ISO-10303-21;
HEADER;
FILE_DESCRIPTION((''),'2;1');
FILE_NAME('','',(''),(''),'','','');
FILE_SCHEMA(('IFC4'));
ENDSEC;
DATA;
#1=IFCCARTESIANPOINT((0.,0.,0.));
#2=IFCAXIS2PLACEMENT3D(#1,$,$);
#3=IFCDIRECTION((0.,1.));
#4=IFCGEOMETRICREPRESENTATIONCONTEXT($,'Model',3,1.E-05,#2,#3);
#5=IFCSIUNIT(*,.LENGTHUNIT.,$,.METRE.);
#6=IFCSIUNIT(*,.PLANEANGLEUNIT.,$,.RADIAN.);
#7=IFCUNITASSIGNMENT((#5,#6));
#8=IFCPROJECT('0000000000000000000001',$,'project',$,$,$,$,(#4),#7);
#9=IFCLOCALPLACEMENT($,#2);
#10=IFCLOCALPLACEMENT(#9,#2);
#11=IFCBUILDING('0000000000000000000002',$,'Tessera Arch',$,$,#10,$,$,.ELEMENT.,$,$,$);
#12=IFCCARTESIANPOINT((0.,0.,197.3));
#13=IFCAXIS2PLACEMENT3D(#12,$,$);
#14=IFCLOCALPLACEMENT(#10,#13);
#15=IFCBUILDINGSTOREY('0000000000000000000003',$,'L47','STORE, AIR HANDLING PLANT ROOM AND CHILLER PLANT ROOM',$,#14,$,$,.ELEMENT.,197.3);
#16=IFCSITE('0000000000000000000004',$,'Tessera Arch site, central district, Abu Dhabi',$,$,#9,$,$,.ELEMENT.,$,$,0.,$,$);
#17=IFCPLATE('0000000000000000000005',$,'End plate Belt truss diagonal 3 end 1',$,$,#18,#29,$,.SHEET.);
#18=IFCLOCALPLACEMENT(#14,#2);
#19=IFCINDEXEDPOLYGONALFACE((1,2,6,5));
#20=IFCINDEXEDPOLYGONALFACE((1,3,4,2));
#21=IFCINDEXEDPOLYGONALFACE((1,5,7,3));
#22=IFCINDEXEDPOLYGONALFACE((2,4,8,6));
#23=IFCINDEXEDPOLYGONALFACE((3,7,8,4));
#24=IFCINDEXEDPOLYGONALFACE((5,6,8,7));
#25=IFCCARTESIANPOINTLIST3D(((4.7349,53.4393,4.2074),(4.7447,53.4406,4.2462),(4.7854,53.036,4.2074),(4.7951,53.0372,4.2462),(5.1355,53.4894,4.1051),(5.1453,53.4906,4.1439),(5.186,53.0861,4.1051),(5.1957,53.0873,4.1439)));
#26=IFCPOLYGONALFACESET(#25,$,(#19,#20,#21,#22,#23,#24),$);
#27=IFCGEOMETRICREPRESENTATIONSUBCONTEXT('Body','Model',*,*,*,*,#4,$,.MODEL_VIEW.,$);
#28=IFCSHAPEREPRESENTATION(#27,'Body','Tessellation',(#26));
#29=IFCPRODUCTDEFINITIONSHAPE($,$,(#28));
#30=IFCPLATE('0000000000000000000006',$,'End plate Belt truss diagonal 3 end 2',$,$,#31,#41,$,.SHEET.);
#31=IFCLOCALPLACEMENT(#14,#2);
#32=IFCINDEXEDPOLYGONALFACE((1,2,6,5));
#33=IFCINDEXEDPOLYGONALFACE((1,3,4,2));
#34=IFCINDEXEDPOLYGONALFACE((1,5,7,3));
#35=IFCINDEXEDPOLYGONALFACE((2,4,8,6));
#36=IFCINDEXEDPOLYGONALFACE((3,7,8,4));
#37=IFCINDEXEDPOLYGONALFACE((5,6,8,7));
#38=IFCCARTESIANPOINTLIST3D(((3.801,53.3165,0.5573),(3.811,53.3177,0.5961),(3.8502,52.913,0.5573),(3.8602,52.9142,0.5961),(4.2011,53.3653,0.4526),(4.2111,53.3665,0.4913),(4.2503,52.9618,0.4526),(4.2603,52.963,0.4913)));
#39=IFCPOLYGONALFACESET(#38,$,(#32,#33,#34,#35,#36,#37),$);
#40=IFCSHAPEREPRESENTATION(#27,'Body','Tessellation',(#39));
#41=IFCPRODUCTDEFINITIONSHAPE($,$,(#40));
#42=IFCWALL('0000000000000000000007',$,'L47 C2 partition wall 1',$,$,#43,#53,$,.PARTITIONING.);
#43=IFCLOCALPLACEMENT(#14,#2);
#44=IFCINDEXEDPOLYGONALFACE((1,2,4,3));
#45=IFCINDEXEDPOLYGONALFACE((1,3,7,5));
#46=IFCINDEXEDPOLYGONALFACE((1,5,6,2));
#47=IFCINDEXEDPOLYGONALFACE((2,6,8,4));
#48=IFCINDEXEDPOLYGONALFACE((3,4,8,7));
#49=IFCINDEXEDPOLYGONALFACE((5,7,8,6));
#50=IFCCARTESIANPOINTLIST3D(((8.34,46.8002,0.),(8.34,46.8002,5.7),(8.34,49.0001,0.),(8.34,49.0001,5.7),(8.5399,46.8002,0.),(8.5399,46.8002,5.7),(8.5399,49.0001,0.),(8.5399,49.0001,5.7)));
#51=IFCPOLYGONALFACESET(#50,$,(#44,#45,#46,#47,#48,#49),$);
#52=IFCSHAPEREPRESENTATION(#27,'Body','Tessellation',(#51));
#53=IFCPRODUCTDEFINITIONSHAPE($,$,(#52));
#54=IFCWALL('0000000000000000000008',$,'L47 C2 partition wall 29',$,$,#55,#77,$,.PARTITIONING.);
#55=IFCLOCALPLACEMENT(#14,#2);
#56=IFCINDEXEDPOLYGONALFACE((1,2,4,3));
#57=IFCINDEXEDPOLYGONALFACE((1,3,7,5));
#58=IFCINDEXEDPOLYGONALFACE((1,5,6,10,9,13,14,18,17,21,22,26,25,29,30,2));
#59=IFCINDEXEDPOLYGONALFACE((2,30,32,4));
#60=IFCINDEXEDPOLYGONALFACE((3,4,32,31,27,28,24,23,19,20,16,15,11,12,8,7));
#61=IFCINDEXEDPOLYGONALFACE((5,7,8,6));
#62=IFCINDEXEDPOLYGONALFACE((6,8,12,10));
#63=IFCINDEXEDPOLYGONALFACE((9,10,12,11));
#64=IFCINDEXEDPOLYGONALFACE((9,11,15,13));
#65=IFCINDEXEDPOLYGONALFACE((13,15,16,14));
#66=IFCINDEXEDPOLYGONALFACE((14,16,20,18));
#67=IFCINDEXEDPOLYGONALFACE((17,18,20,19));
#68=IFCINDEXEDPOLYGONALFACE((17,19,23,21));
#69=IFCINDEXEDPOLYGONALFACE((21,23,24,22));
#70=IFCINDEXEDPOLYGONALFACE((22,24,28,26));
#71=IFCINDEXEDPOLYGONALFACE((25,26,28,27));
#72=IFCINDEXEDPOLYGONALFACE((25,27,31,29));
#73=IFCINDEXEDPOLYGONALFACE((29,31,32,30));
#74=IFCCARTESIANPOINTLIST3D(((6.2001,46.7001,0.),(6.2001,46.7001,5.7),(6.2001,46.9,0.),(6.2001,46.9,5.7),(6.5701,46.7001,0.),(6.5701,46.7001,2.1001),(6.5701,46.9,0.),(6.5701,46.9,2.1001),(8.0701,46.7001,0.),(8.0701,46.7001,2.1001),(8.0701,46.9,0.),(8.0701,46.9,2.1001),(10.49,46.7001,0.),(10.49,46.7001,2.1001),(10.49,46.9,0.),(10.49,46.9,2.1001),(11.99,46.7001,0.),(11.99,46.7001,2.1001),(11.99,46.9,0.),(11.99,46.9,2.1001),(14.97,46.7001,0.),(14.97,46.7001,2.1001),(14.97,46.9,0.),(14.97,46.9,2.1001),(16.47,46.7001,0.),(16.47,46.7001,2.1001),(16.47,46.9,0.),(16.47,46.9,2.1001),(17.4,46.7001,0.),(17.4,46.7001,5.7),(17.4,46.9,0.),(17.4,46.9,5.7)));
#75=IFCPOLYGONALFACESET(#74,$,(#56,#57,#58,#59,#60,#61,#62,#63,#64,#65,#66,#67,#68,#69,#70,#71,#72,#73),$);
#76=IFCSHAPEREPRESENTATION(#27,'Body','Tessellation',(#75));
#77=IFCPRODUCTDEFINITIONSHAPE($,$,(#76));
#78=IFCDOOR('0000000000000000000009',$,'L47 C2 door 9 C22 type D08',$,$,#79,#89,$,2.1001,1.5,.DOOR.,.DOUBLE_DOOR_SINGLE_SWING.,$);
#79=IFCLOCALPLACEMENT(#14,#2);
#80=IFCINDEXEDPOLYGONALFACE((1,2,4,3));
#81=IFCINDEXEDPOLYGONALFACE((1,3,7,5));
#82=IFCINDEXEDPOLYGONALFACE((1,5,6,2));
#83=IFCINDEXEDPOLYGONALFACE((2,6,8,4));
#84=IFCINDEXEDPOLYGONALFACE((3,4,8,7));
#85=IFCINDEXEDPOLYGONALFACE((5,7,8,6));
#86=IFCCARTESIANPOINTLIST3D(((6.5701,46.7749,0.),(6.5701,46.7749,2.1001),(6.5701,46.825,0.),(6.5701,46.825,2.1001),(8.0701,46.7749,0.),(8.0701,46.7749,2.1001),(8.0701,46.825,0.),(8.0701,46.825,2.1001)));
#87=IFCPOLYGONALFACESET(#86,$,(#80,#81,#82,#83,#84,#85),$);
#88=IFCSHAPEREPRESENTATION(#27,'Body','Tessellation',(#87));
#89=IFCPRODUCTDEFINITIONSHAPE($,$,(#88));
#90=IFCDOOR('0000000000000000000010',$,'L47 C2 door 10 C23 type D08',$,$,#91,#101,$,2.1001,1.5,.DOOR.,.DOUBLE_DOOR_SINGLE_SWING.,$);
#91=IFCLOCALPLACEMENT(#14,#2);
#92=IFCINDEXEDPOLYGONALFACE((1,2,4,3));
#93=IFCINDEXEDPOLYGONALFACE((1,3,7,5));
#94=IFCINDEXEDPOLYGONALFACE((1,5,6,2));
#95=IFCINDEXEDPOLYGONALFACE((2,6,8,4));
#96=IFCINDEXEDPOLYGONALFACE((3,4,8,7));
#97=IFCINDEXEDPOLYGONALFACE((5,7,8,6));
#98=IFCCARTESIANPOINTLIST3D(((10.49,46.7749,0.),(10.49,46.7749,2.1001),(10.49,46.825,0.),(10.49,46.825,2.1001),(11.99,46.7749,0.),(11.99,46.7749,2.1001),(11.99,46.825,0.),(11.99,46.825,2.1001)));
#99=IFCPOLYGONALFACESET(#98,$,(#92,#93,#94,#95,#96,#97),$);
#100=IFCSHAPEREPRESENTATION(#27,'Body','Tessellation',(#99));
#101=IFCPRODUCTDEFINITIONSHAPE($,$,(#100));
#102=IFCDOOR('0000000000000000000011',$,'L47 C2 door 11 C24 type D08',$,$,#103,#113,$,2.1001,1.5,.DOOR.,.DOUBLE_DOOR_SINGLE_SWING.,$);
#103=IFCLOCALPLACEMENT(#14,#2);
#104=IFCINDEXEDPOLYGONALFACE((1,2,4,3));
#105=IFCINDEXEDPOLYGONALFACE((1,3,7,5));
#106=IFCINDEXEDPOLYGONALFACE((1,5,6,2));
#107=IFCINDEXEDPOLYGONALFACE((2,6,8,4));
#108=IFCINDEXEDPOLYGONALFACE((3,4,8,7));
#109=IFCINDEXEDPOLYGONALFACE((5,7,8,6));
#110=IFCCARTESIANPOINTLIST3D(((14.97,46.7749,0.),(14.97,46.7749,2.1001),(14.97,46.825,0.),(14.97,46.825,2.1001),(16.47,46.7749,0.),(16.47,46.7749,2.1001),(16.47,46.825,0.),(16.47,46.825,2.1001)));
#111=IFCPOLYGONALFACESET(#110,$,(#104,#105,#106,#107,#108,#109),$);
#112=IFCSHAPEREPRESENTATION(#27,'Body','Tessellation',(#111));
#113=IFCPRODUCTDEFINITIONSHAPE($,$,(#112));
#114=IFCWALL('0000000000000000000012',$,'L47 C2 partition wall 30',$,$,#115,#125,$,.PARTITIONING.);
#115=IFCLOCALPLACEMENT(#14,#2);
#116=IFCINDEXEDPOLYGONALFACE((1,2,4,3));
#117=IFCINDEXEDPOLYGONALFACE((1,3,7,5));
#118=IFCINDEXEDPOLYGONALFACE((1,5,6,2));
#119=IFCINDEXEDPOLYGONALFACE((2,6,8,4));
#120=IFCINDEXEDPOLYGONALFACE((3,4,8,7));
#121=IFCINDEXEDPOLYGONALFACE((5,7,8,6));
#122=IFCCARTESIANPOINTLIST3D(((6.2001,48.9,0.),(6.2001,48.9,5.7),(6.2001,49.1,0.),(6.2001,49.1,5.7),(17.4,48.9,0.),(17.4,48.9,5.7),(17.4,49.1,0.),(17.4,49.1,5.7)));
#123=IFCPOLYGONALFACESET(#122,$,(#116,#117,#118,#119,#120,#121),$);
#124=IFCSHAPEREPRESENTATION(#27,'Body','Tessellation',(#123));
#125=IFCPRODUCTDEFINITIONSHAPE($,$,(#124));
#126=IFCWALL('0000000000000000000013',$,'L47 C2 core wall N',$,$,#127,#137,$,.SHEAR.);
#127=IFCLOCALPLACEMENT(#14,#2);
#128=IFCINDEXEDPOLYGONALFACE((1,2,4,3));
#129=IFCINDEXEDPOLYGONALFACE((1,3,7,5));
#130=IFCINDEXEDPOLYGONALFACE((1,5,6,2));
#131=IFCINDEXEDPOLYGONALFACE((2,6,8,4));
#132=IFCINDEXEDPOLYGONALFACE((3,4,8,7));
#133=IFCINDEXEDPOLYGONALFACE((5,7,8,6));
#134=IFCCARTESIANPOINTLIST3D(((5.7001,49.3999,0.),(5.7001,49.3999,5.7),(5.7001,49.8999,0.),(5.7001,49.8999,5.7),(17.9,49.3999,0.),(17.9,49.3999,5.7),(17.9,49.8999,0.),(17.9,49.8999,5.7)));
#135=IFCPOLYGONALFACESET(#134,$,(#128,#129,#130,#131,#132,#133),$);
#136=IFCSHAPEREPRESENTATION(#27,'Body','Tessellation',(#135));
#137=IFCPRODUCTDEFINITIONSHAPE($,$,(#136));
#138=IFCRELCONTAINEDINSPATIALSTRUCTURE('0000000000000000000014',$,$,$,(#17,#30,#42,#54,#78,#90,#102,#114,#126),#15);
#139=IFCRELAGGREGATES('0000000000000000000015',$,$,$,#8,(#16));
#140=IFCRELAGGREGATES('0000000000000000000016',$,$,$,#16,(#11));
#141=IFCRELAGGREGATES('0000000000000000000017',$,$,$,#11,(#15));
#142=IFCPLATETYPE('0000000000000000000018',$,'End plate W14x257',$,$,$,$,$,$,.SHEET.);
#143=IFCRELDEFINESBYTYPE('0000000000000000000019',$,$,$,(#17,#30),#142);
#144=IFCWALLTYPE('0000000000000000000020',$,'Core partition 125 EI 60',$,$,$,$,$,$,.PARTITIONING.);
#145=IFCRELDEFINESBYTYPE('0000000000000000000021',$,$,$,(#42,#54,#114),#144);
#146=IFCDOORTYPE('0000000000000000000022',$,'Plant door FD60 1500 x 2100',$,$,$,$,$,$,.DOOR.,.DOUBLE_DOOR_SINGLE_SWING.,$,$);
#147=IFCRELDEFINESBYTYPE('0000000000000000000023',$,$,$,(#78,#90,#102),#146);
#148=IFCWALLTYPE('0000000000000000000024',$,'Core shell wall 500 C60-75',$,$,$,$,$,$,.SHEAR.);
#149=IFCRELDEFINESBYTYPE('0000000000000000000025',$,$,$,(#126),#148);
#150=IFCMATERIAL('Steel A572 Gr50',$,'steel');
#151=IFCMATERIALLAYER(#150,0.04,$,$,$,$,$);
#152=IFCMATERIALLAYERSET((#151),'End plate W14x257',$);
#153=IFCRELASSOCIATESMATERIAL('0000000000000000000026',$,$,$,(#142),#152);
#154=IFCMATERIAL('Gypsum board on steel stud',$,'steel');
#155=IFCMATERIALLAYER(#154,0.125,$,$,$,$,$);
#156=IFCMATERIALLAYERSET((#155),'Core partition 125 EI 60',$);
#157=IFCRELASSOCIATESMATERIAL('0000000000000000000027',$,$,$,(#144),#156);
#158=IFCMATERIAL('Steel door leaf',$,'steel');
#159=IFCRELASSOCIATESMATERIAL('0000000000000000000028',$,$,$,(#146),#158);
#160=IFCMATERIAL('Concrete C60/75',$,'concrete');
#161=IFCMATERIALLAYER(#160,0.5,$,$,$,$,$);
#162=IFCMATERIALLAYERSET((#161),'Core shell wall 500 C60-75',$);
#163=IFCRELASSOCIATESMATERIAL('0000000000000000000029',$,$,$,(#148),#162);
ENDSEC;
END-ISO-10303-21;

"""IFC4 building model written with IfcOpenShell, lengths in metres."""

from ifc_helpers import new_model, si_unit, direction, frame, frame_2d, origin, origin_2d, place, context, subcontext, project, spatial, rectangle, extrude, material, layer, layer_set, type_object, element, fill, save


model = new_model("IFC4")

# Units and contexts
model_context = context("Model", 3, precision=1e-05, world=origin(), true_north=direction((0.0, 1.0)))
body_context = subcontext(model_context, "Body", "Model", "MODEL_VIEW")
ifc_project = project(units=[si_unit("LENGTHUNIT", "METRE"), si_unit("PLANEANGLEUNIT", "RADIAN")], contexts=[model_context])

# Site, building, storey
site_placement = place(None, origin())
site = spatial("IfcSite", under=ifc_project, at=site_placement, Name="Tessera Arch site, central district, Abu Dhabi", CompositionType="ELEMENT", RefElevation=0.0)
building_placement = place(site_placement, origin())
building = spatial("IfcBuilding", under=site, at=building_placement, Name="Tessera Arch", CompositionType="ELEMENT")
storey_placement = place(building_placement, frame((0.0, 0.0, 197.3)))
storey = spatial("IfcBuildingStorey", under=building, at=storey_placement, Name="L47", Description="STORE, AIR HANDLING PLANT ROOM AND CHILLER PLANT ROOM", CompositionType="ELEMENT", Elevation=197.3)

# Plates
ifc_material_1 = material(Name="Steel A572 Gr50", Category="steel")
ifc_layer_1 = layer(ifc_material_1, 0.04)
ifc_layer_set_1 = layer_set([ifc_layer_1], Name="End plate W14x257")
plate_type_1 = type_object("IfcPlateType", Name="End plate W14x257", PredefinedType="SHEET", material=ifc_layer_set_1)
for number, where, z_axis, x_axis, name in (
    (1, (4.9702, 53.2639, 4.1951), (-0.243857, -0.030482, -0.969332), (0.124035, -0.992278, 0.0), "End plate Belt truss diagonal 3 end 1"),
    (2, (4.0356, 53.1404, 0.5437), (-0.249578, -0.030436, -0.967876), (0.121054, -0.992646, 0.0), "End plate Belt truss diagonal 3 end 2"),
):
    element("IfcPlate", number, at=place(storey_placement, frame(where, z_axis=z_axis, x_axis=x_axis)), inside=storey, type_object=plate_type_1, Name=name, PredefinedType="SHEET", context=body_context, shape_type="SweptSolid", body=[
        extrude(rectangle(XDim=0.4065, YDim=0.4165, at=origin_2d()), origin(), (0.0, 0.0, 1.0), 0.04),
    ])

# Wall
ifc_material_2 = material(Name="Gypsum board on steel stud", Category="steel")
ifc_layer_2 = layer(ifc_material_2, 0.125)
ifc_layer_set_2 = layer_set([ifc_layer_2], Name="Core partition 125 EI 60")
wall_type_1 = type_object("IfcWallType", Name="Core partition 125 EI 60", PredefinedType="PARTITIONING", material=ifc_layer_set_2)
wall_1_placement = place(storey_placement, frame((8.4399, 46.8, 0.0), z_axis=(0.0, 0.0, 1.0), x_axis=(0.0, 1.0, 0.0)))
element("IfcWall", 3, at=wall_1_placement, inside=storey, type_object=wall_type_1, Name="L47 C2 partition wall 1", PredefinedType="PARTITIONING", context=body_context, shape_type="SweptSolid", body=[
    extrude(rectangle(XDim=2.2, YDim=0.2, at=frame_2d((1.1001, 0.0))), origin(), (0.0, 0.0, 1.0), 5.7),
])

# Wall, openings, doors
wall_2_placement = place(storey_placement, frame((6.2, 46.8, 0.0), z_axis=(0.0, 0.0, 1.0), x_axis=(1.0, 0.0, 0.0)))
wall_2 = element("IfcWall", 4, at=wall_2_placement, inside=storey, type_object=wall_type_1, Name="L47 C2 partition wall 29", PredefinedType="PARTITIONING", context=body_context, shape_type="SweptSolid", body=[
    extrude(rectangle(XDim=11.2, YDim=0.2, at=frame_2d((5.6001, 0.0))), origin(), (0.0, 0.0, 1.0), 5.7),
])
opening_1_placement = place(wall_2_placement, frame((0.3701, 0.0, 0.0)))
opening_1 = element("IfcOpeningElement", 5, at=opening_1_placement, cuts=wall_2, PredefinedType="OPENING", context=body_context, shape_type="SweptSolid", body=[
    extrude(rectangle(XDim=1.5, YDim=2.1001, at=frame_2d((0.75, 1.05))), frame((0.0, 0.1099, 0.0), z_axis=(0.0, -1.0, 0.0), x_axis=(1.0, 0.0, 0.0)), (0.0, 0.0, 1.0), 0.22),
])
opening_2_placement = place(wall_2_placement, frame((4.29, 0.0, 0.0)))
opening_2 = element("IfcOpeningElement", 6, at=opening_2_placement, cuts=wall_2, PredefinedType="OPENING", context=body_context, shape_type="SweptSolid", body=[
    extrude(rectangle(XDim=1.5, YDim=2.1001, at=frame_2d((0.75, 1.05))), frame((0.0, 0.1099, 0.0), z_axis=(0.0, -1.0, 0.0), x_axis=(1.0, 0.0, 0.0)), (0.0, 0.0, 1.0), 0.22),
])
opening_3_placement = place(wall_2_placement, frame((8.77, 0.0, 0.0)))
opening_3 = element("IfcOpeningElement", 7, at=opening_3_placement, cuts=wall_2, PredefinedType="OPENING", context=body_context, shape_type="SweptSolid", body=[
    extrude(rectangle(XDim=1.5, YDim=2.1001, at=frame_2d((0.75, 1.05))), frame((0.0, 0.1099, 0.0), z_axis=(0.0, -1.0, 0.0), x_axis=(1.0, 0.0, 0.0)), (0.0, 0.0, 1.0), 0.22),
])
ifc_material_3 = material(Name="Steel door leaf", Category="steel")
door_type = type_object("IfcDoorType", Name="Plant door FD60 1500 x 2100", OperationType="DOUBLE_DOOR_SINGLE_SWING", PredefinedType="DOOR", material=ifc_material_3)
door_1_placement = place(opening_1_placement, origin())
door_1 = element("IfcDoor", 8, at=door_1_placement, inside=storey, type_object=door_type, Name="L47 C2 door 9 C22 type D08", OperationType="DOUBLE_DOOR_SINGLE_SWING", OverallHeight=2.1001, OverallWidth=1.5, PredefinedType="DOOR", context=body_context, shape_type="SweptSolid", body=[
    extrude(rectangle(XDim=1.5, YDim=2.1001, at=frame_2d((0.75, 1.05))), frame((0.0, 0.0249, 0.0), z_axis=(0.0, -1.0, 0.0), x_axis=(1.0, 0.0, 0.0)), (0.0, 0.0, 1.0), 0.05),
])
fill(opening_1, door_1)
door_2_placement = place(opening_2_placement, origin())
door_2 = element("IfcDoor", 9, at=door_2_placement, inside=storey, type_object=door_type, Name="L47 C2 door 10 C23 type D08", OperationType="DOUBLE_DOOR_SINGLE_SWING", OverallHeight=2.1001, OverallWidth=1.5, PredefinedType="DOOR", context=body_context, shape_type="SweptSolid", body=[
    extrude(rectangle(XDim=1.5, YDim=2.1001, at=frame_2d((0.75, 1.05))), frame((0.0, 0.0249, 0.0), z_axis=(0.0, -1.0, 0.0), x_axis=(1.0, 0.0, 0.0)), (0.0, 0.0, 1.0), 0.05),
])
fill(opening_2, door_2)
door_3_placement = place(opening_3_placement, origin())
door_3 = element("IfcDoor", 10, at=door_3_placement, inside=storey, type_object=door_type, Name="L47 C2 door 11 C24 type D08", OperationType="DOUBLE_DOOR_SINGLE_SWING", OverallHeight=2.1001, OverallWidth=1.5, PredefinedType="DOOR", context=body_context, shape_type="SweptSolid", body=[
    extrude(rectangle(XDim=1.5, YDim=2.1001, at=frame_2d((0.75, 1.05))), frame((0.0, 0.0249, 0.0), z_axis=(0.0, -1.0, 0.0), x_axis=(1.0, 0.0, 0.0)), (0.0, 0.0, 1.0), 0.05),
])
fill(opening_3, door_3)

# Walls
wall_3_placement = place(storey_placement, frame((6.2, 49.0, 0.0), z_axis=(0.0, 0.0, 1.0), x_axis=(1.0, 0.0, 0.0)))
element("IfcWall", 11, at=wall_3_placement, inside=storey, type_object=wall_type_1, Name="L47 C2 partition wall 30", PredefinedType="PARTITIONING", context=body_context, shape_type="SweptSolid", body=[
    extrude(rectangle(XDim=11.2, YDim=0.2, at=frame_2d((5.6001, 0.0))), origin(), (0.0, 0.0, 1.0), 5.7),
])
ifc_material_4 = material(Name="Concrete C60/75", Category="concrete")
ifc_layer_3 = layer(ifc_material_4, 0.5)
ifc_layer_set_3 = layer_set([ifc_layer_3], Name="Core shell wall 500 C60-75")
wall_type_2 = type_object("IfcWallType", Name="Core shell wall 500 C60-75", PredefinedType="SHEAR", material=ifc_layer_set_3)
wall_4_placement = place(storey_placement, frame((5.7, 49.6499, 0.0), z_axis=(0.0, 0.0, 1.0), x_axis=(1.0, 0.0, 0.0)))
element("IfcWall", 12, at=wall_4_placement, inside=storey, type_object=wall_type_2, Name="L47 C2 core wall N", PredefinedType="SHEAR", context=body_context, shape_type="SweptSolid", body=[
    extrude(rectangle(XDim=12.2, YDim=0.5, at=frame_2d((6.1001, 0.0))), origin(), (0.0, 0.0, 1.0), 5.7),
])

save(model, "model.ifc")
